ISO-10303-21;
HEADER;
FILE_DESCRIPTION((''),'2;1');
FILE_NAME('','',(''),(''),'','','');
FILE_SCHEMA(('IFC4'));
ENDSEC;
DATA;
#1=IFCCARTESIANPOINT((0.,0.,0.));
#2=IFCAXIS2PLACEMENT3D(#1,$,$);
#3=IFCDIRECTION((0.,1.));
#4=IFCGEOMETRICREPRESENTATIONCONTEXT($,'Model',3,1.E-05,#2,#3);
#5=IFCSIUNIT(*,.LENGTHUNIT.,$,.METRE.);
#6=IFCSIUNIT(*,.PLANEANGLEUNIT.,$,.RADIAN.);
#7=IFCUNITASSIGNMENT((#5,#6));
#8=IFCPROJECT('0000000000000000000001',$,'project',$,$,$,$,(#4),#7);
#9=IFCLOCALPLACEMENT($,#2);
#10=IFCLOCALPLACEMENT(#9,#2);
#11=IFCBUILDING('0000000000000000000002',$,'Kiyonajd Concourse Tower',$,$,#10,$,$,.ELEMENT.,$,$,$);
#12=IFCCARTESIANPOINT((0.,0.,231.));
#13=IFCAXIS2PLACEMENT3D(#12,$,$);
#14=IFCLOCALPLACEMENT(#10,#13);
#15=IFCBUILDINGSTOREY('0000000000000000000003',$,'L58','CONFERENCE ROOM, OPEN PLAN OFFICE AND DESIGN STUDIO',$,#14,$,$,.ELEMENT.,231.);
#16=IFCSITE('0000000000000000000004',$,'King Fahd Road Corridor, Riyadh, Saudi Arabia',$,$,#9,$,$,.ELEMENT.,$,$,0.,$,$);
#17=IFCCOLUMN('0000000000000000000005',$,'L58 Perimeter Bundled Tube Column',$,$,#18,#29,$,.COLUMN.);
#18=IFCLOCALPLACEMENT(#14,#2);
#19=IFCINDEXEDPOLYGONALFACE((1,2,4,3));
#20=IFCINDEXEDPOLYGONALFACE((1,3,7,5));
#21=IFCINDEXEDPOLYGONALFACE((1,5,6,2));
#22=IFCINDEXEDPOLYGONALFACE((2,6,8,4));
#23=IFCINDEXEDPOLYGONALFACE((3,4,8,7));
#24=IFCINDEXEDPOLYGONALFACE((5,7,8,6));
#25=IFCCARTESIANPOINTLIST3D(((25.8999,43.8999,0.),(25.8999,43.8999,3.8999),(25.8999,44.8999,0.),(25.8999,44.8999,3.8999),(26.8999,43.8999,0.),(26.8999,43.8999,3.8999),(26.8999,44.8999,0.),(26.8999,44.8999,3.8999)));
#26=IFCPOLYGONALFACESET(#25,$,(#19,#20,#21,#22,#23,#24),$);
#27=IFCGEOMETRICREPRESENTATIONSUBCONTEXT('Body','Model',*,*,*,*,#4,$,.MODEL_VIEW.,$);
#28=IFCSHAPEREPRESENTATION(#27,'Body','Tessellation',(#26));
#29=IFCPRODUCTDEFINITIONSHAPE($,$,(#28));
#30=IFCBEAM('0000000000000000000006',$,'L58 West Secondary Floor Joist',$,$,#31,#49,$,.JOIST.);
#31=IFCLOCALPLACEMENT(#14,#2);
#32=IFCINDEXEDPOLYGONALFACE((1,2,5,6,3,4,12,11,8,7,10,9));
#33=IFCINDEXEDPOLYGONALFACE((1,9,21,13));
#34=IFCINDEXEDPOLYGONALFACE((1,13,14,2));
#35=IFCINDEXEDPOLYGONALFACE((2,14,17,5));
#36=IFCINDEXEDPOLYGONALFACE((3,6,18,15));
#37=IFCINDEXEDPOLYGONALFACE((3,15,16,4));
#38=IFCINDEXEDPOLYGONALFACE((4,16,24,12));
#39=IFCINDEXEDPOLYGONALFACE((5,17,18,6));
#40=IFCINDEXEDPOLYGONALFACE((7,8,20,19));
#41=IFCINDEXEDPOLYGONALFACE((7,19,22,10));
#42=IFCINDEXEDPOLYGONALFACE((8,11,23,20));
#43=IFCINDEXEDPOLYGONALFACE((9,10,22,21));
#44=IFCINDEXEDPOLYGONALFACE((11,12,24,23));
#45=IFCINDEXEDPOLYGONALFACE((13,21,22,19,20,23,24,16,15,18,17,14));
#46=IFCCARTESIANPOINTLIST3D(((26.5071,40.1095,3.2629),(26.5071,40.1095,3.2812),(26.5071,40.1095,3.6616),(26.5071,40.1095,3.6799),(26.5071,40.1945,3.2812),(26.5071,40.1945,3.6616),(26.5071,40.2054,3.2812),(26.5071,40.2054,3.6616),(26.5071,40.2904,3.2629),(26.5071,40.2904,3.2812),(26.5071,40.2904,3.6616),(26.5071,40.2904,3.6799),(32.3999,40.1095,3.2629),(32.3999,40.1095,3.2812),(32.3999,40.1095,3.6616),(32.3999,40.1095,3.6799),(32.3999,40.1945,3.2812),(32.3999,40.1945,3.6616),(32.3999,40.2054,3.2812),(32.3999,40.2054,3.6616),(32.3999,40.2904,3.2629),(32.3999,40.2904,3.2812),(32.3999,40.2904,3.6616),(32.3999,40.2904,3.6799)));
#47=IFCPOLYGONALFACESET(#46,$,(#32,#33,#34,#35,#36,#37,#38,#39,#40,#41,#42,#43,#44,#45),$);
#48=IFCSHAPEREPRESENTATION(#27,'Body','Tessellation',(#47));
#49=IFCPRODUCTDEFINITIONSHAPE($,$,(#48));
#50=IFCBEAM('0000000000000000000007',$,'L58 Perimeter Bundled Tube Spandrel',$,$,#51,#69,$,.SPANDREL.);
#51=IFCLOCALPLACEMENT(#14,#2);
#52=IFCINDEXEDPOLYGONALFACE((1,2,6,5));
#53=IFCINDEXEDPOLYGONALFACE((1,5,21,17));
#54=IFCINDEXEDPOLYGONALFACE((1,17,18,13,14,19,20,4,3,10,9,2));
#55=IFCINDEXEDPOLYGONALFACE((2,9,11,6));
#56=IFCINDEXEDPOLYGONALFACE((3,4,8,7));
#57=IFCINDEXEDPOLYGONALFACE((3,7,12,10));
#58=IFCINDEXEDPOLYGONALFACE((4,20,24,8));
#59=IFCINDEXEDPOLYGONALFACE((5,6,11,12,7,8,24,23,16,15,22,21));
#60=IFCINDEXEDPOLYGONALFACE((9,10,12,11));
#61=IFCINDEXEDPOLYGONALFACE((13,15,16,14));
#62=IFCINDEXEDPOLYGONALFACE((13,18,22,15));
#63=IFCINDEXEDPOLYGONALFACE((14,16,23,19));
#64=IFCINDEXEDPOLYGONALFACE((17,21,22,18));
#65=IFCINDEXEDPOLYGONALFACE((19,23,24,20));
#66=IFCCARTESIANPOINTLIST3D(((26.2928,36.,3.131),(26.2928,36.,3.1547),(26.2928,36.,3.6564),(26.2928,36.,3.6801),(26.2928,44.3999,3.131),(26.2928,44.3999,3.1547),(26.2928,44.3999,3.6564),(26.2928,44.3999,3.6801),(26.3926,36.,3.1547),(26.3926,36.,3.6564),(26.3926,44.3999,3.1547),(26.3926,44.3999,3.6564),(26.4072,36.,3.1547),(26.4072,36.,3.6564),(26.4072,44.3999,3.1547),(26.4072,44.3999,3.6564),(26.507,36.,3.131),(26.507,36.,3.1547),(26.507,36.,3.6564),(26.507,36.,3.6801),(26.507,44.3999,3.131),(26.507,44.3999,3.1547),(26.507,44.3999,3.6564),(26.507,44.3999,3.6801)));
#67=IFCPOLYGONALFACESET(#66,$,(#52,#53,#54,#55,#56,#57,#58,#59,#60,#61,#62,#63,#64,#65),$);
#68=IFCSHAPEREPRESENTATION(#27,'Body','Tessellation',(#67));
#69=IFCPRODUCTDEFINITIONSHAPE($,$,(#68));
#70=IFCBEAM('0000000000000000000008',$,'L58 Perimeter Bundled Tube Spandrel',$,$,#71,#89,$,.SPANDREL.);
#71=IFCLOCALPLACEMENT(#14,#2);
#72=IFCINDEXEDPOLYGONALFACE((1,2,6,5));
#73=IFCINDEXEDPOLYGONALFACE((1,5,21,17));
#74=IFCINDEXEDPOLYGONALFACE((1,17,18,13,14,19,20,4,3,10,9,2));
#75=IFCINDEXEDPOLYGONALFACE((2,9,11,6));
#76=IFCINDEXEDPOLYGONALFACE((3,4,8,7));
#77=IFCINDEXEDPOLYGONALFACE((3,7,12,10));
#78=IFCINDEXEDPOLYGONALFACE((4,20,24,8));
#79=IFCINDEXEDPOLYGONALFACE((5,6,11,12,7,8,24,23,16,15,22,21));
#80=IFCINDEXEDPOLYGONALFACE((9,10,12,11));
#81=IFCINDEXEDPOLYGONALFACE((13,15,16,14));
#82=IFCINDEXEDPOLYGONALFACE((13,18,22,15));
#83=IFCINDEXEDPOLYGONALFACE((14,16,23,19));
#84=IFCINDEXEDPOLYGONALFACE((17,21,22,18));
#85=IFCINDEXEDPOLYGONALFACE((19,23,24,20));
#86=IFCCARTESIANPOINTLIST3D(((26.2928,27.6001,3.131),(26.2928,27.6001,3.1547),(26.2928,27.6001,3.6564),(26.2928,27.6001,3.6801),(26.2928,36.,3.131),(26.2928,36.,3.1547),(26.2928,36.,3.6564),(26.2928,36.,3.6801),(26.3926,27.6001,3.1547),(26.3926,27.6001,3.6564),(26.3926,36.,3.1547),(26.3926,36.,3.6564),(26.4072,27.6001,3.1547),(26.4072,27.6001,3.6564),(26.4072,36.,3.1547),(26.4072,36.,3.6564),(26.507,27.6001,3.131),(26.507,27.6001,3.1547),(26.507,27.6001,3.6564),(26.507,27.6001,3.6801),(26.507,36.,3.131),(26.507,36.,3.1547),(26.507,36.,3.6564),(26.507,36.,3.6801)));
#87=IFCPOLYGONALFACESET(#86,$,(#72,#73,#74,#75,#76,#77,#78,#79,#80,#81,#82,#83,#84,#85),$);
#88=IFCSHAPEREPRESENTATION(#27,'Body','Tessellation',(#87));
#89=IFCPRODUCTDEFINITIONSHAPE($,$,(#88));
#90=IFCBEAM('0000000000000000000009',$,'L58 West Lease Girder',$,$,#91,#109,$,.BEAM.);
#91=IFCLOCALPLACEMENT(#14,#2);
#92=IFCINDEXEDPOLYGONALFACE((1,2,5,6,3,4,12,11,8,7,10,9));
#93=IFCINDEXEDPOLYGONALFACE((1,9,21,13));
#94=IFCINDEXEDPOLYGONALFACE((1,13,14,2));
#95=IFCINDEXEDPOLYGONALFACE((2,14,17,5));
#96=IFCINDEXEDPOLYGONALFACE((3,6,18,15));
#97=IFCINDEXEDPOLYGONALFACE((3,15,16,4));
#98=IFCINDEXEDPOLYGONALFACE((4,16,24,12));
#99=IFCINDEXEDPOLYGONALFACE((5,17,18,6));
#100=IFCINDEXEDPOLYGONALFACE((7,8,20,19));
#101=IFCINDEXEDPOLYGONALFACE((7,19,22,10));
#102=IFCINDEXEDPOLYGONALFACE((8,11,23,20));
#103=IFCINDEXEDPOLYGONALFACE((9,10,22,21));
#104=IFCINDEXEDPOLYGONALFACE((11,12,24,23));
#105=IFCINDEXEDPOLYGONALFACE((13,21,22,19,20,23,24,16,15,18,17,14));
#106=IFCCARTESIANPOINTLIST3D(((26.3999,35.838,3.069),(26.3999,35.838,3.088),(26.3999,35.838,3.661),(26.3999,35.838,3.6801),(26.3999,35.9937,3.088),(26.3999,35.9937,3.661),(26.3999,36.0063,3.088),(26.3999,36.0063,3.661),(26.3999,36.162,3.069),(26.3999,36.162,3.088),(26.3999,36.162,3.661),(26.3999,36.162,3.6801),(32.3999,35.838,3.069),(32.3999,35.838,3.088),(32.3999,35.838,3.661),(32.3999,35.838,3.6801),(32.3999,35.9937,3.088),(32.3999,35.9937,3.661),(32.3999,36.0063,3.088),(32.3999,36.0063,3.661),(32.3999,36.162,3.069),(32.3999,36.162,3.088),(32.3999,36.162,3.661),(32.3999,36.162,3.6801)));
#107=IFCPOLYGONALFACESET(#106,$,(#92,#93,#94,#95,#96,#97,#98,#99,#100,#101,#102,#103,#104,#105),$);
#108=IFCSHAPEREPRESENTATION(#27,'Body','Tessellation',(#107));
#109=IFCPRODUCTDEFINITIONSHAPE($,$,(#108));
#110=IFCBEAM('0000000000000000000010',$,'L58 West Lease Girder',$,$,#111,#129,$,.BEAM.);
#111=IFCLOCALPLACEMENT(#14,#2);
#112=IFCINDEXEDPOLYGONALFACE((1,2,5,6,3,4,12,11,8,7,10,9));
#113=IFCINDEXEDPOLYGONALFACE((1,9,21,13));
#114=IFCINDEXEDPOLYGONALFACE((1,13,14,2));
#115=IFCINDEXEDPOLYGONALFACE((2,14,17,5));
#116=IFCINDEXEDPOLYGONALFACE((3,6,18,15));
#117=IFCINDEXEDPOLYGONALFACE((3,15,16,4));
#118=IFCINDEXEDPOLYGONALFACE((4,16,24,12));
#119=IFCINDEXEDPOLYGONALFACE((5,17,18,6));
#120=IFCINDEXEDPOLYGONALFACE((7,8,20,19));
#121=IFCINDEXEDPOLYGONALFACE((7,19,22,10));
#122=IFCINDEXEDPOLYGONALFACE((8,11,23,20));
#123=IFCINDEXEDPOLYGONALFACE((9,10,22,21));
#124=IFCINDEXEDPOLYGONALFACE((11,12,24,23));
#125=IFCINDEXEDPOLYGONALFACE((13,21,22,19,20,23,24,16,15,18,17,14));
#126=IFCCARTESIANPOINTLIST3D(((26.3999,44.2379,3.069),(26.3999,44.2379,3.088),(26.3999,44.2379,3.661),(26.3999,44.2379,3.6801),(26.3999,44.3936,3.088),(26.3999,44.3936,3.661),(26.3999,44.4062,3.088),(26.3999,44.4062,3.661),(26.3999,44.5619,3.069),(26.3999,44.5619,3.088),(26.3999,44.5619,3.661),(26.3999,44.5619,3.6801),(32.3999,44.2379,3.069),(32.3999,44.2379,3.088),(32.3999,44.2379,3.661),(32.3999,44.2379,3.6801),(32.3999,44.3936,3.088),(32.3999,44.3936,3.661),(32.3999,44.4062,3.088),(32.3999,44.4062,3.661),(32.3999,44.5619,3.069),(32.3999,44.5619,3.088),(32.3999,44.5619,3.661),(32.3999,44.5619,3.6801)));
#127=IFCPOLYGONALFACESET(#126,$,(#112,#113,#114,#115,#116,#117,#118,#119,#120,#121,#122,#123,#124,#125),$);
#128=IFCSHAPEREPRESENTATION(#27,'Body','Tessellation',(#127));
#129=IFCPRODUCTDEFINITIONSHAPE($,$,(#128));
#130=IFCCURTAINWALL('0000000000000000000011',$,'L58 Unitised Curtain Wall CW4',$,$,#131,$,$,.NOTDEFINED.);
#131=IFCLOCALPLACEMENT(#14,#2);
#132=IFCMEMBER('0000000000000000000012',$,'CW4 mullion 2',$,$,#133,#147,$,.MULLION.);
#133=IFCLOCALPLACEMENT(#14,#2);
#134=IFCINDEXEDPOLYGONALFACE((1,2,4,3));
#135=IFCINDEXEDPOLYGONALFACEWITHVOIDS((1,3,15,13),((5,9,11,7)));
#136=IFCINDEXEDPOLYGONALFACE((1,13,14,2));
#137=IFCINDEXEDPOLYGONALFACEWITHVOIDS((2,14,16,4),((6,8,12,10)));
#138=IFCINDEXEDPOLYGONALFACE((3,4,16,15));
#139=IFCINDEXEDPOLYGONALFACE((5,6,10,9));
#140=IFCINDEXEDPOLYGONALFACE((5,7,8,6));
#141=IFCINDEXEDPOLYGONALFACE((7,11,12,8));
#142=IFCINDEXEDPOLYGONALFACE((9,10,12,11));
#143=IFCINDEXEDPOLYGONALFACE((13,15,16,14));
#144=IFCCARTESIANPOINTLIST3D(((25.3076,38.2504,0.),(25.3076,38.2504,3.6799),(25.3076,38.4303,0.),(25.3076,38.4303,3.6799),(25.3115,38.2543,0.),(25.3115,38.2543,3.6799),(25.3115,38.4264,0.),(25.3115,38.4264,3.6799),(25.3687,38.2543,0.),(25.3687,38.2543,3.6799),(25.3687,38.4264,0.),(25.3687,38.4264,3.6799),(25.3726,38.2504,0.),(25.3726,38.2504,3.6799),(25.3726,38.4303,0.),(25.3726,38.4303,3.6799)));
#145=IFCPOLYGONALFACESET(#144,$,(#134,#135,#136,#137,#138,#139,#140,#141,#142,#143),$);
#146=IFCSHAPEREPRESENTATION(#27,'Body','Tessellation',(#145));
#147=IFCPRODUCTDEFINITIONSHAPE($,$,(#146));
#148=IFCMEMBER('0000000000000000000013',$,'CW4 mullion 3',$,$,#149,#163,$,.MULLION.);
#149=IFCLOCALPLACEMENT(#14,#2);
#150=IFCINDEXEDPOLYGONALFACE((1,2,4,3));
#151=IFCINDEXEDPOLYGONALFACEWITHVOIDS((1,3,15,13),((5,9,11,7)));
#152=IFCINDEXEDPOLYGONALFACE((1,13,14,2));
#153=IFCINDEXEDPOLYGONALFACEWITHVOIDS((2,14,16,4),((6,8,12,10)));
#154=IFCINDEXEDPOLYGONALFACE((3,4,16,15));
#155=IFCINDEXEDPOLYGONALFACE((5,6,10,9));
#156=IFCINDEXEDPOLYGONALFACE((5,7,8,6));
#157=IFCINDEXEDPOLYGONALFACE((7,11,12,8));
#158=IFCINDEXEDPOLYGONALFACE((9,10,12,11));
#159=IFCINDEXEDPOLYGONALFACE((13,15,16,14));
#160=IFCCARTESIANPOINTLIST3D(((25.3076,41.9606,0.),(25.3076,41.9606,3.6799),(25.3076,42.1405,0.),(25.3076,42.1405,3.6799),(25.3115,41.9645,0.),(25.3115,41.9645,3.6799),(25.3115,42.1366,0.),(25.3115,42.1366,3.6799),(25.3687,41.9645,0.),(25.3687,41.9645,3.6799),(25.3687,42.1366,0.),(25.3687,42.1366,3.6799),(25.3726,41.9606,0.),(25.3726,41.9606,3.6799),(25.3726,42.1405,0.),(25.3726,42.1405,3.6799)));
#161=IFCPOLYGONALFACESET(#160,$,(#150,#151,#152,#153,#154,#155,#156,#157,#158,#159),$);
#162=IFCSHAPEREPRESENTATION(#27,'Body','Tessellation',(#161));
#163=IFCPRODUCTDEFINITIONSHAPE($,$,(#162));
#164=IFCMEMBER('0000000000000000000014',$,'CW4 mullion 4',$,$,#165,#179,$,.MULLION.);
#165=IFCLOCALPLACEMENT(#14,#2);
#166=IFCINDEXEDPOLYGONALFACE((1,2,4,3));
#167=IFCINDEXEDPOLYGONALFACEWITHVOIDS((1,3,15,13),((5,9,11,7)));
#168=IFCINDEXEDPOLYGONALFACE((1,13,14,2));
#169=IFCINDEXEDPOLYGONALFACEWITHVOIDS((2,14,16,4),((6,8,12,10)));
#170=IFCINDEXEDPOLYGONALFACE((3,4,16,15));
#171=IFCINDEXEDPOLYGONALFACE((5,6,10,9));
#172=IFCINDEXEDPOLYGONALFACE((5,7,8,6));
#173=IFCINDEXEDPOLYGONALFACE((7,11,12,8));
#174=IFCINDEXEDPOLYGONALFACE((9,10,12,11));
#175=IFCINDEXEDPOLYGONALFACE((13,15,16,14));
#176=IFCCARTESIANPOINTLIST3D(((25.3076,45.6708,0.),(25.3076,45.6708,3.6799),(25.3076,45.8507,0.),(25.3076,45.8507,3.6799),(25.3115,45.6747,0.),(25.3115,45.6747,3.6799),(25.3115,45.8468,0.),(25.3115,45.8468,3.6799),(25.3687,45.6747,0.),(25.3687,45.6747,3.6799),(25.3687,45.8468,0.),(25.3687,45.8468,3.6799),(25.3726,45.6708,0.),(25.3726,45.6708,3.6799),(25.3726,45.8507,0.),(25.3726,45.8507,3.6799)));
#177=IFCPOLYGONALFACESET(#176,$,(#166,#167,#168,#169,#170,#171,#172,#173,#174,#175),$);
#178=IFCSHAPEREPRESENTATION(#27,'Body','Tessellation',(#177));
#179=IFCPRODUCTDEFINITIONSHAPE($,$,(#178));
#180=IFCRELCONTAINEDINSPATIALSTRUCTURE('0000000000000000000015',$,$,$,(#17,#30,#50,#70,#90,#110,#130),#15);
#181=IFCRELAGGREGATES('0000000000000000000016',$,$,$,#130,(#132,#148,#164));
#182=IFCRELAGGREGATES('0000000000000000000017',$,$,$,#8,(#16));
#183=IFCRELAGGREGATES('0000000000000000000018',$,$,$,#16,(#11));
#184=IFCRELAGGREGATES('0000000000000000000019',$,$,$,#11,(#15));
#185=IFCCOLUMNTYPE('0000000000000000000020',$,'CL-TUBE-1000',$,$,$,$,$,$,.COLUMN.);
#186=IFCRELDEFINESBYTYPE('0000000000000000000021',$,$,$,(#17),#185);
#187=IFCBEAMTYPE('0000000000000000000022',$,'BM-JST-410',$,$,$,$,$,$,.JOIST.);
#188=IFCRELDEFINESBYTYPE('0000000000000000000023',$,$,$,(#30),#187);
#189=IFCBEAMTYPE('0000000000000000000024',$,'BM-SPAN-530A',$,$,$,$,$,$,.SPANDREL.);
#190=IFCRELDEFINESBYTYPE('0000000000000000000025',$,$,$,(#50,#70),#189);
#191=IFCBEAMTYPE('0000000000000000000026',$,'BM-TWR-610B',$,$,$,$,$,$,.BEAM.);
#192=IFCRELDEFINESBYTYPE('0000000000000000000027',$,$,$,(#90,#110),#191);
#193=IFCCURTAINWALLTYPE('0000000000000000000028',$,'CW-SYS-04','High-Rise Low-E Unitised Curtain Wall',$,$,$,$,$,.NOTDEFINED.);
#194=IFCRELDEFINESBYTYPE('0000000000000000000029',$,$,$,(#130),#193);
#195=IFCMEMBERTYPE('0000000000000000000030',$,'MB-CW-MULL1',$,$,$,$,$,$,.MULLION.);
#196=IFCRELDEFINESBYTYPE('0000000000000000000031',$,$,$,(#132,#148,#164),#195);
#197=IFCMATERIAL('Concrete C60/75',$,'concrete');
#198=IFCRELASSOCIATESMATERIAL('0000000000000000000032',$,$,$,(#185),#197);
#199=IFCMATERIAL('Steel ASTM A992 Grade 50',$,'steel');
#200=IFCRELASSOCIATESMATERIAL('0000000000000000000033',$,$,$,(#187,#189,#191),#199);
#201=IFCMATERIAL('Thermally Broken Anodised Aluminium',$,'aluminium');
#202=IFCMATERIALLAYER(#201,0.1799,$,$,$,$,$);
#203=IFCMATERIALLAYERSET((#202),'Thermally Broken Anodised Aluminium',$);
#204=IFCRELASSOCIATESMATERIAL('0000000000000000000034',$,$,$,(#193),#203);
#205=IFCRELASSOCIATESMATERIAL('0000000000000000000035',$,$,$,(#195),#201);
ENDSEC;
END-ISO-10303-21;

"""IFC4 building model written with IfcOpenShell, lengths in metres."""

from ifc_helpers import new_model, si_unit, direction, frame, origin, origin_2d, place, context, subcontext, project, spatial, rectangle, hollow_rectangle, i_section, extrude, material, layer, layer_set, material_profile, profile_set, type_object, element, aggregate, save


model = new_model("IFC4")

# Units and contexts
model_context = context("Model", 3, precision=1e-05, world=origin(), true_north=direction((0.0, 1.0)))
body_context = subcontext(model_context, "Body", "Model", "MODEL_VIEW")
ifc_project = project(units=[si_unit("LENGTHUNIT", "METRE"), si_unit("PLANEANGLEUNIT", "RADIAN")], contexts=[model_context])

# Site, building, storey
site_placement = place(None, origin())
site = spatial("IfcSite", under=ifc_project, at=site_placement, Name="King Fahd Road Corridor, Riyadh, Saudi Arabia", CompositionType="ELEMENT", RefElevation=0.0)
building_placement = place(site_placement, origin())
building = spatial("IfcBuilding", under=site, at=building_placement, Name="Kiyonajd Concourse Tower", CompositionType="ELEMENT")
storey_placement = place(building_placement, frame((0.0, 0.0, 231.0)))
storey = spatial("IfcBuildingStorey", under=building, at=storey_placement, Name="L58", Description="CONFERENCE ROOM, OPEN PLAN OFFICE AND DESIGN STUDIO", CompositionType="ELEMENT", Elevation=231.0)

# Column
ifc_material_1 = material(Name="Concrete C60/75", Category="concrete")
ifc_material_profile_1 = material_profile(ifc_material_1, rectangle(XDim=1.0, YDim=1.0, at=origin_2d()), Name="RC-1000x1000")
ifc_profile_set_1 = profile_set([ifc_material_profile_1], Name="Concrete C60/75")
column_type = type_object("IfcColumnType", Name="CL-TUBE-1000", PredefinedType="COLUMN", material=ifc_profile_set_1)
column_placement = place(storey_placement, frame((26.3999, 44.3999, 0.0), z_axis=(0.0, 0.0, 1.0), x_axis=(1.0, 0.0, 0.0)))
element("IfcColumn", 1, at=column_placement, inside=storey, type_object=column_type, Name="L58 Perimeter Bundled Tube Column", PredefinedType="COLUMN", context=body_context, shape_type="SweptSolid", body=[
    extrude(rectangle(XDim=1.0, YDim=1.0, at=origin_2d()), origin(), (0.0, 0.0, 1.0), 3.8999),
])

# Beams
ifc_material_2 = material(Name="Steel ASTM A992 Grade 50", Category="steel")
ifc_material_profile_2 = material_profile(ifc_material_2, i_section(OverallWidth=0.1809, OverallDepth=0.417, WebThickness=0.011, FlangeThickness=0.0183, at=origin_2d()), Name="W410X85")
ifc_profile_set_2 = profile_set([ifc_material_profile_2], Name="Steel ASTM A992 Grade 50")
beam_type_1 = type_object("IfcBeamType", Name="BM-JST-410", PredefinedType="JOIST", material=ifc_profile_set_2)
beam_placement = place(storey_placement, frame((26.5071, 40.2, 3.4714), z_axis=(1.0, 0.0, 0.0), x_axis=(0.0, 1.0, 0.0)))
element("IfcBeam", 2, at=beam_placement, inside=storey, type_object=beam_type_1, Name="L58 West Secondary Floor Joist", PredefinedType="JOIST", context=body_context, shape_type="SweptSolid", body=[
    extrude(i_section(OverallWidth=0.1809, OverallDepth=0.417, WebThickness=0.011, FlangeThickness=0.0183, at=origin_2d()), origin(), (0.0, 0.0, 1.0), 5.8928),
])
ifc_material_profile_3 = material_profile(ifc_material_2, i_section(OverallWidth=0.2141, OverallDepth=0.5491, WebThickness=0.0146, FlangeThickness=0.0237, at=origin_2d()), Name="W530X138")
ifc_profile_set_3 = profile_set([ifc_material_profile_3], Name="Steel ASTM A992 Grade 50")
beam_type_2 = type_object("IfcBeamType", Name="BM-SPAN-530A", PredefinedType="SPANDREL", material=ifc_profile_set_3)
for number, where, z_axis, x_axis, name in (
    (3, (26.3999, 44.3999, 3.4055), (0.0, -1.0, 0.0), (1.0, 0.0, 0.0), "L58 Perimeter Bundled Tube Spandrel"),
    (4, (26.3999, 36.0, 3.4055), (0.0, -1.0, 0.0), (1.0, 0.0, 0.0), "L58 Perimeter Bundled Tube Spandrel"),
):
    element("IfcBeam", number, at=place(storey_placement, frame(where, z_axis=z_axis, x_axis=x_axis)), inside=storey, type_object=beam_type_2, Name=name, PredefinedType="SPANDREL", context=body_context, shape_type="SweptSolid", body=[
        extrude(i_section(OverallWidth=0.2141, OverallDepth=0.5491, WebThickness=0.0146, FlangeThickness=0.0237, at=origin_2d()), origin(), (0.0, 0.0, 1.0), 8.3999),
    ])
ifc_material_profile_4 = material_profile(ifc_material_2, i_section(OverallWidth=0.324, OverallDepth=0.6111, WebThickness=0.0127, FlangeThickness=0.019, at=origin_2d()), Name="W610X155")
ifc_profile_set_4 = profile_set([ifc_material_profile_4], Name="Steel ASTM A992 Grade 50")
beam_type_3 = type_object("IfcBeamType", Name="BM-TWR-610B", PredefinedType="BEAM", material=ifc_profile_set_4)
for number, where, z_axis, x_axis, name in (
    (5, (26.3999, 36.0, 3.3745), (1.0, 0.0, 0.0), (0.0, 1.0, 0.0), "L58 West Lease Girder"),
    (6, (26.3999, 44.3999, 3.3745), (1.0, 0.0, 0.0), (0.0, 1.0, 0.0), "L58 West Lease Girder"),
):
    element("IfcBeam", number, at=place(storey_placement, frame(where, z_axis=z_axis, x_axis=x_axis)), inside=storey, type_object=beam_type_3, Name=name, PredefinedType="BEAM", context=body_context, shape_type="SweptSolid", body=[
        extrude(i_section(OverallWidth=0.324, OverallDepth=0.6111, WebThickness=0.0127, FlangeThickness=0.019, at=origin_2d()), origin(), (0.0, 0.0, 1.0), 6.0),
    ])

# Curtain wall, members
ifc_material_3 = material(Name="Thermally Broken Anodised Aluminium", Category="aluminium")
ifc_layer_1 = layer(ifc_material_3, 0.1799)
ifc_layer_set_1 = layer_set([ifc_layer_1], Name="Thermally Broken Anodised Aluminium")
curtain_wall_type = type_object("IfcCurtainWallType", Name="CW-SYS-04", Description="High-Rise Low-E Unitised Curtain Wall", PredefinedType="NOTDEFINED", material=ifc_layer_set_1)
curtain_wall_placement = place(storey_placement, origin())
curtain_wall = element("IfcCurtainWall", 7, at=curtain_wall_placement, inside=storey, type_object=curtain_wall_type, Name="L58 Unitised Curtain Wall CW4", PredefinedType="NOTDEFINED")
ifc_material_profile_5 = material_profile(ifc_material_3, hollow_rectangle(XDim=0.0649, YDim=0.1799, WallThickness=0.0039, at=origin_2d()), Name="MULL-65x180")
ifc_profile_set_5 = profile_set([ifc_material_profile_5], Name="Thermally Broken Anodised Aluminium")
member_type_1 = type_object("IfcMemberType", Name="MB-CW-MULL1", PredefinedType="MULLION", material=ifc_profile_set_5)
member_1_placement = place(storey_placement, frame((25.3401, 38.3403, 0.0), z_axis=(0.0, 0.0, 1.0), x_axis=(-1.0, 0.0, 0.0)))
member_1 = element("IfcMember", 8, at=member_1_placement, type_object=member_type_1, Name="CW4 mullion 2", PredefinedType="MULLION", context=body_context, shape_type="SweptSolid", body=[
    extrude(hollow_rectangle(XDim=0.0649, YDim=0.1799, WallThickness=0.0039, at=origin_2d()), origin(), (0.0, 0.0, 1.0), 3.6799),
])
member_2_placement = place(storey_placement, frame((25.3401, 42.0505, 0.0), z_axis=(0.0, 0.0, 1.0), x_axis=(-1.0, 0.0, 0.0)))
member_2 = element("IfcMember", 9, at=member_2_placement, type_object=member_type_1, Name="CW4 mullion 3", PredefinedType="MULLION", context=body_context, shape_type="SweptSolid", body=[
    extrude(hollow_rectangle(XDim=0.0649, YDim=0.1799, WallThickness=0.0039, at=origin_2d()), origin(), (0.0, 0.0, 1.0), 3.6799),
])
member_3_placement = place(storey_placement, frame((25.3401, 45.7607, 0.0), z_axis=(0.0, 0.0, 1.0), x_axis=(-1.0, 0.0, 0.0)))
member_3 = element("IfcMember", 10, at=member_3_placement, type_object=member_type_1, Name="CW4 mullion 4", PredefinedType="MULLION", context=body_context, shape_type="SweptSolid", body=[
    extrude(hollow_rectangle(XDim=0.0649, YDim=0.1799, WallThickness=0.0039, at=origin_2d()), origin(), (0.0, 0.0, 1.0), 3.6799),
])
aggregate(curtain_wall, [member_1, member_2, member_3])

save(model, "model.ifc")
